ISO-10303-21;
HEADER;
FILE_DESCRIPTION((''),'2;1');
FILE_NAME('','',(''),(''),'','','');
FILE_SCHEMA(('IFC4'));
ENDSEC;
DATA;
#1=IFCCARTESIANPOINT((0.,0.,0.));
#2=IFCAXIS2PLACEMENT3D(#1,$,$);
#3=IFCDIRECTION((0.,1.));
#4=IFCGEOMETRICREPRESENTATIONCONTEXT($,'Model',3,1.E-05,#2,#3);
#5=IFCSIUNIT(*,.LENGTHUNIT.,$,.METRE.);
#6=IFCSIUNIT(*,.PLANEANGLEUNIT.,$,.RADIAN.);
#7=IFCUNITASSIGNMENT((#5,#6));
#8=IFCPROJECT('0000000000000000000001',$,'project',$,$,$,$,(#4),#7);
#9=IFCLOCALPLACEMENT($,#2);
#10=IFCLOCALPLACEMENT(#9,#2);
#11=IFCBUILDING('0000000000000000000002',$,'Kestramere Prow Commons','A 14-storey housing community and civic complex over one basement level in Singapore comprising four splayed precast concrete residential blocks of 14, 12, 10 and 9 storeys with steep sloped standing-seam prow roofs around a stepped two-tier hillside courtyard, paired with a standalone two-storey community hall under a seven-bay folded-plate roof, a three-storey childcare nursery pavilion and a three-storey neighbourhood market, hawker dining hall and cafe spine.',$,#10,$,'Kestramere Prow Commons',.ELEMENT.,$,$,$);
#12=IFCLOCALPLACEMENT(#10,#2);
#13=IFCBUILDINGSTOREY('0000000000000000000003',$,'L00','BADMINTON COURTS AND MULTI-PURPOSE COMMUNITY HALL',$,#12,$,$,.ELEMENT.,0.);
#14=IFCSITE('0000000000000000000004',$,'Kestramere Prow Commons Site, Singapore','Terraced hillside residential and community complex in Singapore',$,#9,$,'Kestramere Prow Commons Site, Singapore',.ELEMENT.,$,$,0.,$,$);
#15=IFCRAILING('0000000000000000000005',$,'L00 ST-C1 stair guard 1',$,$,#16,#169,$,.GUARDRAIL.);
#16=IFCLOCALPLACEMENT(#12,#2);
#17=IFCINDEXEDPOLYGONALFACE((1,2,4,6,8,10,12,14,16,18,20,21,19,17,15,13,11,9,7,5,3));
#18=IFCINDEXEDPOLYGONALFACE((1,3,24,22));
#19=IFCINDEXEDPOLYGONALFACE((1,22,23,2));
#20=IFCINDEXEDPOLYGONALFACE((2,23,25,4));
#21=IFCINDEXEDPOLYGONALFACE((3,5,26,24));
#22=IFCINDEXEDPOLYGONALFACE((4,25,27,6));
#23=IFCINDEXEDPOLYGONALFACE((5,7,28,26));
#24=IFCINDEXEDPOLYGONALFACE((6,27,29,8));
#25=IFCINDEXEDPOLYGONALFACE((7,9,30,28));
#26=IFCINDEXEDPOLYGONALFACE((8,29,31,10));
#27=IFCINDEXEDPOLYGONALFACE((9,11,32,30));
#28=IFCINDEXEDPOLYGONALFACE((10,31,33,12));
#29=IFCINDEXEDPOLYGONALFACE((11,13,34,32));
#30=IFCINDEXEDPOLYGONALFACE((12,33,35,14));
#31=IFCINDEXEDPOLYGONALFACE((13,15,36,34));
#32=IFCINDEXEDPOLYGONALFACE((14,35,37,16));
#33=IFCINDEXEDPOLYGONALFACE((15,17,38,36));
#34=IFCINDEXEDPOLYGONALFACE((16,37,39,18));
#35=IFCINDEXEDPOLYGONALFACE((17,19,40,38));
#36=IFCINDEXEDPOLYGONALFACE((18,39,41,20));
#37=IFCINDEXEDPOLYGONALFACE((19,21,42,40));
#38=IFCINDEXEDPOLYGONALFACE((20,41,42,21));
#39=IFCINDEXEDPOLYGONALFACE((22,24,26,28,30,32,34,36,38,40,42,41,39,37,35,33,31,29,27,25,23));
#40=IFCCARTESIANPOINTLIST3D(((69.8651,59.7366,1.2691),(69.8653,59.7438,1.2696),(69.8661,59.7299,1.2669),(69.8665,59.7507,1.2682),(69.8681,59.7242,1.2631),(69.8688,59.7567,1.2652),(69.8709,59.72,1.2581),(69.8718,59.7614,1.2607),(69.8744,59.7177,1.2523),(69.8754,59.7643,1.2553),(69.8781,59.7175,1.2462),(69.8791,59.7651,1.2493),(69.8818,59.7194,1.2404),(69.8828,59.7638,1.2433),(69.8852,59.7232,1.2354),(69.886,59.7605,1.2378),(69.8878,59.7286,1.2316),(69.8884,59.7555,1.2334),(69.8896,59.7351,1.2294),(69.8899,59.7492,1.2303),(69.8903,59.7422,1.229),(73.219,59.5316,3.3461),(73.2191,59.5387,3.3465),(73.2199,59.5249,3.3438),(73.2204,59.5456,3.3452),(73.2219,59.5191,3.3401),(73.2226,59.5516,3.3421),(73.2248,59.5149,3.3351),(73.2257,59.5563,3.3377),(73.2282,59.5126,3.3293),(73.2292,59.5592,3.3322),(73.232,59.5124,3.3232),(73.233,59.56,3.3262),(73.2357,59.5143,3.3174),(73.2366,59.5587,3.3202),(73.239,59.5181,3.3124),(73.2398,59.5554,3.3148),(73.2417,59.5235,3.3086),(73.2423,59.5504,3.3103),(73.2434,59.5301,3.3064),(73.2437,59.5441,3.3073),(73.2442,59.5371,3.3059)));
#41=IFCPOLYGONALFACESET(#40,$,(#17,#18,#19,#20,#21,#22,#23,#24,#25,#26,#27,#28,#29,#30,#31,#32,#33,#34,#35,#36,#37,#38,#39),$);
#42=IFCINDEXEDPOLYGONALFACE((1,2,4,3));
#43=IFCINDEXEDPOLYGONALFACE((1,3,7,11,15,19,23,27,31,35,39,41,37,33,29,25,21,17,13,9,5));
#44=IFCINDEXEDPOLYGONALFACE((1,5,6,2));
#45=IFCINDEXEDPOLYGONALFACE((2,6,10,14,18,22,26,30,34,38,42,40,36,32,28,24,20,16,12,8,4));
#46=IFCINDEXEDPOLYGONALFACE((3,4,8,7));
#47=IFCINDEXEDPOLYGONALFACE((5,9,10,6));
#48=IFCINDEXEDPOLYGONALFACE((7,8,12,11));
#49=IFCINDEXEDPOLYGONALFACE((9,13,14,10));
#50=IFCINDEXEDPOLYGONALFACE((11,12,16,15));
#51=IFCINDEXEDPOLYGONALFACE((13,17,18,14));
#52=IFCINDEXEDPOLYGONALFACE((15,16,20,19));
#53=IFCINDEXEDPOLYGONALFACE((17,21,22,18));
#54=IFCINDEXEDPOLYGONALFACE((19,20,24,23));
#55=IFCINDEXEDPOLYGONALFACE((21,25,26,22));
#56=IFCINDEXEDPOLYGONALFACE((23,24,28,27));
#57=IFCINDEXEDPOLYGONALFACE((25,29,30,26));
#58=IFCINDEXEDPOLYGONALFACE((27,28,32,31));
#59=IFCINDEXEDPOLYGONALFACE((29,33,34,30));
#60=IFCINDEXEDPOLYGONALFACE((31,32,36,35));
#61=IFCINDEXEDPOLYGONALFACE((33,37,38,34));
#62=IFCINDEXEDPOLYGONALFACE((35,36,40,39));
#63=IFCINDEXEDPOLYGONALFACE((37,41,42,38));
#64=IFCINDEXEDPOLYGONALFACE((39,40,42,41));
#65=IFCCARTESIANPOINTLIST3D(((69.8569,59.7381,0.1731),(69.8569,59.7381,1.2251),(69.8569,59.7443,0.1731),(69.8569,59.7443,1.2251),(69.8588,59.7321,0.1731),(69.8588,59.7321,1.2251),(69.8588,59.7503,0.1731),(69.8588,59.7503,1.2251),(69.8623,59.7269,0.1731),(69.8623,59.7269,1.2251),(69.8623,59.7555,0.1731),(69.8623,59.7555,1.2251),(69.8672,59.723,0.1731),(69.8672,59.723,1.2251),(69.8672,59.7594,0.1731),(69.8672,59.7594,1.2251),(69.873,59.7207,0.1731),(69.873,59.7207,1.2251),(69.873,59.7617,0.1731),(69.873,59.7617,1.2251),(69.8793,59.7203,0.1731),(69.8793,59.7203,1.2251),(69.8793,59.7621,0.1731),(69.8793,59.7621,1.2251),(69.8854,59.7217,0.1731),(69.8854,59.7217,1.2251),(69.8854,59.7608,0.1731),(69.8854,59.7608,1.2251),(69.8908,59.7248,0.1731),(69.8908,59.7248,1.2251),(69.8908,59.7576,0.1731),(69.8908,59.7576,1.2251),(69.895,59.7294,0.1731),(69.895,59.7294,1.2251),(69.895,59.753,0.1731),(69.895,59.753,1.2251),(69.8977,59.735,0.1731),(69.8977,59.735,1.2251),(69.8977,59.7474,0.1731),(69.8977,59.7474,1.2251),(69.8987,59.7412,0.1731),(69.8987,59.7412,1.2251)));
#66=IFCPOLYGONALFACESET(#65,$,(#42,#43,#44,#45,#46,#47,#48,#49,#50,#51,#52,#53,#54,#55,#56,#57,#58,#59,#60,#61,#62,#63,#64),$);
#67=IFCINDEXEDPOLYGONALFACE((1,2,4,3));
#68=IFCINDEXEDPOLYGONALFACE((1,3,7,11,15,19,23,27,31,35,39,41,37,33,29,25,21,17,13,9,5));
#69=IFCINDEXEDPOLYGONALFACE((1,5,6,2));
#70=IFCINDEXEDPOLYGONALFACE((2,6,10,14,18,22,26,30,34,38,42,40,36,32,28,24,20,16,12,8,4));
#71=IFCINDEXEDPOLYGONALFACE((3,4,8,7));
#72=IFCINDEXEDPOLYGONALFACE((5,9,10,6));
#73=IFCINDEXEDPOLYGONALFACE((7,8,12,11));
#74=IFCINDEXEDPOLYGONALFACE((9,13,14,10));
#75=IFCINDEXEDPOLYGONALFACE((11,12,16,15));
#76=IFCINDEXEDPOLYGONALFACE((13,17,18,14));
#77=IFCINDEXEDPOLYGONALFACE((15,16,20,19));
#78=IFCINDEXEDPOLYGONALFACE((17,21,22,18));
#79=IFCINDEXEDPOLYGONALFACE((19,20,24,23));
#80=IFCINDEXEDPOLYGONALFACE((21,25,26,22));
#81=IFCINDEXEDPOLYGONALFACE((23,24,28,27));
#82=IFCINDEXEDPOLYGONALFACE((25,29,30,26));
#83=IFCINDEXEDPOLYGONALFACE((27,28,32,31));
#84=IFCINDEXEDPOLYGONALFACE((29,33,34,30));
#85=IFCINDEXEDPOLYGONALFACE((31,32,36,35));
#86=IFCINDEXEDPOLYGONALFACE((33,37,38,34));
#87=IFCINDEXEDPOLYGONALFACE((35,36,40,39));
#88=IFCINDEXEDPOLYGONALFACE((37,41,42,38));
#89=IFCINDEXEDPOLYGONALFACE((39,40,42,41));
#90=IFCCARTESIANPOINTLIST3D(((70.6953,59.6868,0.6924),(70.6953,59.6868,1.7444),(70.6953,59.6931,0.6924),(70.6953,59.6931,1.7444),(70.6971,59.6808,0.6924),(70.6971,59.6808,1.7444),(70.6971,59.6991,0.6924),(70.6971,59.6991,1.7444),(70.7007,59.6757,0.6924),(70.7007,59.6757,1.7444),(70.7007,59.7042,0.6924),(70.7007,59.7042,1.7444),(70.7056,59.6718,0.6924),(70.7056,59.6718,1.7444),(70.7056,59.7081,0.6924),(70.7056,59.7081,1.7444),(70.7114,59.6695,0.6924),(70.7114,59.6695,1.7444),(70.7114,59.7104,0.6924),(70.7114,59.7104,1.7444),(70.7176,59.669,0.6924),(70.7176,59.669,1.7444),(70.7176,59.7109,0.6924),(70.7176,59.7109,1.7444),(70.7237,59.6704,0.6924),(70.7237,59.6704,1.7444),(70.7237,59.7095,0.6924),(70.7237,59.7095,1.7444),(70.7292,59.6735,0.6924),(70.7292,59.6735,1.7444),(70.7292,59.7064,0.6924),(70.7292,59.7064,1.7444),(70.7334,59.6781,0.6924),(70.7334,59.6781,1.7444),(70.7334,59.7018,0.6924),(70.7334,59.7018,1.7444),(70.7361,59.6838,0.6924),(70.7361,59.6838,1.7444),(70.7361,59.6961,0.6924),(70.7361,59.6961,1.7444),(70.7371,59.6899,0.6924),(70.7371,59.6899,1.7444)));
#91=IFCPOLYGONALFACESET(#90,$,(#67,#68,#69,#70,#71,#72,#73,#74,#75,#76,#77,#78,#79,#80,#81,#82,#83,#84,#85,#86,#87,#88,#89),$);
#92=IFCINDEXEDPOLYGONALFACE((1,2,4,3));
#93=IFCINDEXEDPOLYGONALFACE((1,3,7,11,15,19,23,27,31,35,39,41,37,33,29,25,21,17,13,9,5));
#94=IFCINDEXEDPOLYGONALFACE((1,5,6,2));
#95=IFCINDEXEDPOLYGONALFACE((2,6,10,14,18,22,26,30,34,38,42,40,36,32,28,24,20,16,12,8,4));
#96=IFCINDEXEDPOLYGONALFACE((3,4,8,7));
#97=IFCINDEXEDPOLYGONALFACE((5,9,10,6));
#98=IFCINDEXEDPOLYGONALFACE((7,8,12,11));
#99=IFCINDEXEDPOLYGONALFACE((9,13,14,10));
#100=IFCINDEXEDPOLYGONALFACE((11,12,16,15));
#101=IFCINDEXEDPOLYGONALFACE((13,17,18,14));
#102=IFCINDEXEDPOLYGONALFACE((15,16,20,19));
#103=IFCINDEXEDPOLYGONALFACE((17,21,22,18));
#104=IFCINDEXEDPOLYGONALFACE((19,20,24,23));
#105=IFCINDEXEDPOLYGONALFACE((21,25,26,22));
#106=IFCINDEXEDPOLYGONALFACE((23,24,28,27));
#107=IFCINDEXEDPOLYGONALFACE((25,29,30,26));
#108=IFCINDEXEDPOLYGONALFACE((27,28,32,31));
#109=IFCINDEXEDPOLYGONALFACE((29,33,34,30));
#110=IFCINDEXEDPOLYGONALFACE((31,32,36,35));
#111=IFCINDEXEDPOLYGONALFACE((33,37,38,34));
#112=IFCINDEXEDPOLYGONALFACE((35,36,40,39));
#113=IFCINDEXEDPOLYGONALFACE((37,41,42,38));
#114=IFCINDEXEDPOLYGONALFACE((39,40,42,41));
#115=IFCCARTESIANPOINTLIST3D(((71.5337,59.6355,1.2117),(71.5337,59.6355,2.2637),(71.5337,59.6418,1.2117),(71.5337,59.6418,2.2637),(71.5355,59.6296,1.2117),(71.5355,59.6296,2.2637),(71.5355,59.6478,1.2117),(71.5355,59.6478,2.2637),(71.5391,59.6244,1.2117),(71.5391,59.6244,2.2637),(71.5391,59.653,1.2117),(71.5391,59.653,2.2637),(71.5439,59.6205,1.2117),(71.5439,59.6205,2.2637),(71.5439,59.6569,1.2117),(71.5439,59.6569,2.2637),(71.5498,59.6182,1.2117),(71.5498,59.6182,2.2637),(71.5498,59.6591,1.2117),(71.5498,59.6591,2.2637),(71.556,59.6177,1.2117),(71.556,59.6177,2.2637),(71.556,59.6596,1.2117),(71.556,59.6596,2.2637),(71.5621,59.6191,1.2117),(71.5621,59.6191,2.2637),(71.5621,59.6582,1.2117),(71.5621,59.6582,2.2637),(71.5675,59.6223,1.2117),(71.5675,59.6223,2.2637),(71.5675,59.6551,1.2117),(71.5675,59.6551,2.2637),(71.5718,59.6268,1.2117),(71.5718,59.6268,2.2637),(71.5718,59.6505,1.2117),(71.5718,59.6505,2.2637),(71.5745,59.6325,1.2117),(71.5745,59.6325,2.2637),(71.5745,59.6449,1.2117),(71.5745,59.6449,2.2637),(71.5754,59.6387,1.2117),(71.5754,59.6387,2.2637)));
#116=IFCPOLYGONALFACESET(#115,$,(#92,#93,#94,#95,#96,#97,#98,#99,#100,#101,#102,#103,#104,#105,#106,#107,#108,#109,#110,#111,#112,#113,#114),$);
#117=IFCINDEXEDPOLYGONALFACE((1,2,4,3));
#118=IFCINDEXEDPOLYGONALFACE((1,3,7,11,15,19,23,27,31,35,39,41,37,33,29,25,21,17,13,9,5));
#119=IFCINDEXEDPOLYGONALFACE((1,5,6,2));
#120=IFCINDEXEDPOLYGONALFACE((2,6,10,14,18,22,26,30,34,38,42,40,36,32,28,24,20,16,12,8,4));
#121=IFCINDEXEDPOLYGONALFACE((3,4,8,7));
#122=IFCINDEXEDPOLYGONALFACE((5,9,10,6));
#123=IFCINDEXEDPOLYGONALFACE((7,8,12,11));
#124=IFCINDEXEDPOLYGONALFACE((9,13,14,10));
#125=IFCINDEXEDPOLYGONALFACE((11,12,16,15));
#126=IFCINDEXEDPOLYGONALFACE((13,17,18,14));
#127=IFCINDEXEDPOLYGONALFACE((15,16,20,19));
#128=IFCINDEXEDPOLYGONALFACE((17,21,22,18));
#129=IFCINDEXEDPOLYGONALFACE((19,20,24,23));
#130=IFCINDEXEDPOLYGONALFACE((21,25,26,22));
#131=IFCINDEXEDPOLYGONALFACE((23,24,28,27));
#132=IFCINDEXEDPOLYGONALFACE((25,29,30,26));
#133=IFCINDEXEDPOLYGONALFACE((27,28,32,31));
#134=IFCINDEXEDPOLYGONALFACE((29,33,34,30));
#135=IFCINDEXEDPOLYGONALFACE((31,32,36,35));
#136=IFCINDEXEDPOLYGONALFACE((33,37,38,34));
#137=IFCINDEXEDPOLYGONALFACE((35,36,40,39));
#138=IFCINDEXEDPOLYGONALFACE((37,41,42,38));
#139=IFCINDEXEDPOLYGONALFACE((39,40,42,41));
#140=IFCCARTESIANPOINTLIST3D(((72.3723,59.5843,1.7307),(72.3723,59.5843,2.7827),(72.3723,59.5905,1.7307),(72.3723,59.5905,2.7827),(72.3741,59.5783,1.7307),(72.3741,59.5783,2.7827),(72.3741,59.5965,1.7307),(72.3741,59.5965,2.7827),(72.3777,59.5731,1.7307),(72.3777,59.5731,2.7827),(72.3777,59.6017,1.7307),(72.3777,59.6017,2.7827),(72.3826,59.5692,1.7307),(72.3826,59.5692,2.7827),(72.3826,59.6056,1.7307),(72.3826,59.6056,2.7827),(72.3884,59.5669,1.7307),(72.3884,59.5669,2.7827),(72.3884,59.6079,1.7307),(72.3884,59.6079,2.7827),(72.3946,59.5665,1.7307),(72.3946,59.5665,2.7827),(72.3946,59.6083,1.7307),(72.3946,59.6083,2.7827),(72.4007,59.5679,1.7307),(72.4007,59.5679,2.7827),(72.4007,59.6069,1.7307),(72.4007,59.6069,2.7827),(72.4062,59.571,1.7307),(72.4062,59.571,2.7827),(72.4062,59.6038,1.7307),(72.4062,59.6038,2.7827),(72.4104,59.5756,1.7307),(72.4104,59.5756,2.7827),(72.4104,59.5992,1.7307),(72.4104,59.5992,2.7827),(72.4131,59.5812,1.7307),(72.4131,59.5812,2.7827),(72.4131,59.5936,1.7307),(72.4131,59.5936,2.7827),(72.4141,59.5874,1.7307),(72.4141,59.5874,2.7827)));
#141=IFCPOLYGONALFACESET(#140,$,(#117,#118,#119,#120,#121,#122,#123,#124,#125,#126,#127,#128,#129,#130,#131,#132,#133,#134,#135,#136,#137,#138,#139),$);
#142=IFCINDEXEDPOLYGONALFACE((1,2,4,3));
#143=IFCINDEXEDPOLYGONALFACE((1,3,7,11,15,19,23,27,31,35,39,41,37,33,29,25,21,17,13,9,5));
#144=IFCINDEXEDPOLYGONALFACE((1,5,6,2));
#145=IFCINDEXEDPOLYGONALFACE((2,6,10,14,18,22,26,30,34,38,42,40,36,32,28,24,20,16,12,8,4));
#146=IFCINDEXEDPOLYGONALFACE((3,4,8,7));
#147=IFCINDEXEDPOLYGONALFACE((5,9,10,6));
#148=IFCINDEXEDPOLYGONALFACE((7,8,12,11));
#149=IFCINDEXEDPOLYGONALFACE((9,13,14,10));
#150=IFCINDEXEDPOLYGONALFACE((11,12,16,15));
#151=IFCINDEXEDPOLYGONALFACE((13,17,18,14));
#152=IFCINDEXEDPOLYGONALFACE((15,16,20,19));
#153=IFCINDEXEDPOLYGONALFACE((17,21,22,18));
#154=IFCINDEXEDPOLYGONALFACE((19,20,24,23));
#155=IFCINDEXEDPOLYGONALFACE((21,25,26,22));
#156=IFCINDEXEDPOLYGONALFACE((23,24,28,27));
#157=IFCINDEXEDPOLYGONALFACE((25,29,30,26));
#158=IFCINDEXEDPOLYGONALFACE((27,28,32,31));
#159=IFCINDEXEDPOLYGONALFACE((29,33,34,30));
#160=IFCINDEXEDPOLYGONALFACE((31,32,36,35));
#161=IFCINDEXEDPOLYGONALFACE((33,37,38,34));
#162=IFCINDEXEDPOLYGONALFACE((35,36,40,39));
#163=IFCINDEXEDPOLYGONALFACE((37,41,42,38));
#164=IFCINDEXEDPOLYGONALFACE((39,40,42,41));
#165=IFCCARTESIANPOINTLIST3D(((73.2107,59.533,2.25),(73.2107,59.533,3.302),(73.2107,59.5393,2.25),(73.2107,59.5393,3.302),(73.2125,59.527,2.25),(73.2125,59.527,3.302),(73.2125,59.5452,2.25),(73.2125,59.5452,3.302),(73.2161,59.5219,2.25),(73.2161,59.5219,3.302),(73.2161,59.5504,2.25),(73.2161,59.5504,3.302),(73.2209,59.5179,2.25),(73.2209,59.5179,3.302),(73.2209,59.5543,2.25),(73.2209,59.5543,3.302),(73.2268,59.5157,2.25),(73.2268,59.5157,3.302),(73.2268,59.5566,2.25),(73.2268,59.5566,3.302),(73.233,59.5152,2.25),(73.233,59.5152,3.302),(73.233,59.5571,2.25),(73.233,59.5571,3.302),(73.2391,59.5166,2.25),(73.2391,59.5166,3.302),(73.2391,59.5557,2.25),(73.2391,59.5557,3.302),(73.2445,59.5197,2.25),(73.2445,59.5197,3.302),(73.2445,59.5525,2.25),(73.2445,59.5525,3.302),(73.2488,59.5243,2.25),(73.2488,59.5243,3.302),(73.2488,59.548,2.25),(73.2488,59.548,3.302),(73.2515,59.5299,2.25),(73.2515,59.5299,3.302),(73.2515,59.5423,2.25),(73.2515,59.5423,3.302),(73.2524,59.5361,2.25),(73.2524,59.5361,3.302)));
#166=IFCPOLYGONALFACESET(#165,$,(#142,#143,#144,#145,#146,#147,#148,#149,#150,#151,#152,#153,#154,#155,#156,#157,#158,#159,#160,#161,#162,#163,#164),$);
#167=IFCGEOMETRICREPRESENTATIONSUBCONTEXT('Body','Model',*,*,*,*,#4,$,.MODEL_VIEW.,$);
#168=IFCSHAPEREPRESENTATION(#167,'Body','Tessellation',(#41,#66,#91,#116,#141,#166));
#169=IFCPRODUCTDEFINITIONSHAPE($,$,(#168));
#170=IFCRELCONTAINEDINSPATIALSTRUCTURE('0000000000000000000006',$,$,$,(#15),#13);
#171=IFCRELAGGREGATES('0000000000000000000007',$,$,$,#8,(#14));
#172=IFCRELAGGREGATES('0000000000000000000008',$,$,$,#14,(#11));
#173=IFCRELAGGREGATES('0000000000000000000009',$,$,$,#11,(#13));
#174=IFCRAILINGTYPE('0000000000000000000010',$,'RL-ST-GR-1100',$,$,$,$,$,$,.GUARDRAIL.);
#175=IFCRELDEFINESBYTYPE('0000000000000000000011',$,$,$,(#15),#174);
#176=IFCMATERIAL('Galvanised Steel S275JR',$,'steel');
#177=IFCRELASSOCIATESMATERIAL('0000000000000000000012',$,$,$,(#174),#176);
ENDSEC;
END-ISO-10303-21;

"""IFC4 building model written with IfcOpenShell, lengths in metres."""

from ifc_helpers import new_model, si_unit, direction, frame, origin, origin_2d, place, context, subcontext, project, spatial, circle, extrude, material, type_object, element, save


model = new_model("IFC4")

# Units and contexts
model_context = context("Model", 3, precision=1e-05, world=origin(), true_north=direction((0.0, 1.0)))
body_context = subcontext(model_context, "Body", "Model", "MODEL_VIEW")
ifc_project = project(units=[si_unit("LENGTHUNIT", "METRE"), si_unit("PLANEANGLEUNIT", "RADIAN")], contexts=[model_context])

# Site, building, storey
site_placement = place(None, origin())
site = spatial("IfcSite", under=ifc_project, at=site_placement, Name="Kestramere Prow Commons Site, Singapore", Description="Terraced hillside residential and community complex in Singapore", LongName="Kestramere Prow Commons Site, Singapore", CompositionType="ELEMENT", RefElevation=0.0)
building_placement = place(site_placement, origin())
building = spatial("IfcBuilding", under=site, at=building_placement, Name="Kestramere Prow Commons", Description="A 14-storey housing community and civic complex over one basement level in Singapore comprising four splayed precast concrete residential blocks of 14, 12, 10 and 9 storeys with steep sloped standing-seam prow roofs around a stepped two-tier hillside courtyard, paired with a standalone two-storey community hall under a seven-bay folded-plate roof, a three-storey childcare nursery pavilion and a three-storey neighbourhood market, hawker dining hall and cafe spine.", LongName="Kestramere Prow Commons", CompositionType="ELEMENT")
storey_placement = place(building_placement, origin())
storey = spatial("IfcBuildingStorey", under=building, at=storey_placement, Name="L00", Description="BADMINTON COURTS AND MULTI-PURPOSE COMMUNITY HALL", CompositionType="ELEMENT", Elevation=0.0)

# Railing
ifc_material_1 = material(Name="Galvanised Steel S275JR", Category="steel")
railing_type = type_object("IfcRailingType", Name="RL-ST-GR-1100", PredefinedType="GUARDRAIL", material=ifc_material_1)
railing_1_placement = place(storey_placement, frame((69.8777, 59.7412, 0.1731)))
element("IfcRailing", 1, at=railing_1_placement, inside=storey, type_object=railing_type, Name="L00 ST-C1 stair guard 1", PredefinedType="GUARDRAIL", context=body_context, shape_type="SweptSolid", body=[
    extrude(circle(Radius=0.0239, at=origin_2d()), frame((0.0, 0.0, 1.0762), z_axis=(0.849032, -0.051917, 0.525785), x_axis=(0.061035, 0.998136, 0.0)), (0.0, 0.0, 1.0), 3.9502),
    extrude(circle(Radius=0.021, at=origin_2d()), origin(), (0.0, 0.0, 1.0), 1.052),
    extrude(circle(Radius=0.021, at=origin_2d()), frame((0.8384, -0.0513, 0.5193)), (0.0, 0.0, 1.0), 1.052),
    extrude(circle(Radius=0.021, at=origin_2d()), frame((1.6768, -0.1025, 1.0386)), (0.0, 0.0, 1.0), 1.052),
    extrude(circle(Radius=0.021, at=origin_2d()), frame((2.5154, -0.1538, 1.5576)), (0.0, 0.0, 1.0), 1.052),
    extrude(circle(Radius=0.021, at=origin_2d()), frame((3.3538, -0.2051, 2.0769)), (0.0, 0.0, 1.0), 1.052),
])

save(model, "model.ifc")
